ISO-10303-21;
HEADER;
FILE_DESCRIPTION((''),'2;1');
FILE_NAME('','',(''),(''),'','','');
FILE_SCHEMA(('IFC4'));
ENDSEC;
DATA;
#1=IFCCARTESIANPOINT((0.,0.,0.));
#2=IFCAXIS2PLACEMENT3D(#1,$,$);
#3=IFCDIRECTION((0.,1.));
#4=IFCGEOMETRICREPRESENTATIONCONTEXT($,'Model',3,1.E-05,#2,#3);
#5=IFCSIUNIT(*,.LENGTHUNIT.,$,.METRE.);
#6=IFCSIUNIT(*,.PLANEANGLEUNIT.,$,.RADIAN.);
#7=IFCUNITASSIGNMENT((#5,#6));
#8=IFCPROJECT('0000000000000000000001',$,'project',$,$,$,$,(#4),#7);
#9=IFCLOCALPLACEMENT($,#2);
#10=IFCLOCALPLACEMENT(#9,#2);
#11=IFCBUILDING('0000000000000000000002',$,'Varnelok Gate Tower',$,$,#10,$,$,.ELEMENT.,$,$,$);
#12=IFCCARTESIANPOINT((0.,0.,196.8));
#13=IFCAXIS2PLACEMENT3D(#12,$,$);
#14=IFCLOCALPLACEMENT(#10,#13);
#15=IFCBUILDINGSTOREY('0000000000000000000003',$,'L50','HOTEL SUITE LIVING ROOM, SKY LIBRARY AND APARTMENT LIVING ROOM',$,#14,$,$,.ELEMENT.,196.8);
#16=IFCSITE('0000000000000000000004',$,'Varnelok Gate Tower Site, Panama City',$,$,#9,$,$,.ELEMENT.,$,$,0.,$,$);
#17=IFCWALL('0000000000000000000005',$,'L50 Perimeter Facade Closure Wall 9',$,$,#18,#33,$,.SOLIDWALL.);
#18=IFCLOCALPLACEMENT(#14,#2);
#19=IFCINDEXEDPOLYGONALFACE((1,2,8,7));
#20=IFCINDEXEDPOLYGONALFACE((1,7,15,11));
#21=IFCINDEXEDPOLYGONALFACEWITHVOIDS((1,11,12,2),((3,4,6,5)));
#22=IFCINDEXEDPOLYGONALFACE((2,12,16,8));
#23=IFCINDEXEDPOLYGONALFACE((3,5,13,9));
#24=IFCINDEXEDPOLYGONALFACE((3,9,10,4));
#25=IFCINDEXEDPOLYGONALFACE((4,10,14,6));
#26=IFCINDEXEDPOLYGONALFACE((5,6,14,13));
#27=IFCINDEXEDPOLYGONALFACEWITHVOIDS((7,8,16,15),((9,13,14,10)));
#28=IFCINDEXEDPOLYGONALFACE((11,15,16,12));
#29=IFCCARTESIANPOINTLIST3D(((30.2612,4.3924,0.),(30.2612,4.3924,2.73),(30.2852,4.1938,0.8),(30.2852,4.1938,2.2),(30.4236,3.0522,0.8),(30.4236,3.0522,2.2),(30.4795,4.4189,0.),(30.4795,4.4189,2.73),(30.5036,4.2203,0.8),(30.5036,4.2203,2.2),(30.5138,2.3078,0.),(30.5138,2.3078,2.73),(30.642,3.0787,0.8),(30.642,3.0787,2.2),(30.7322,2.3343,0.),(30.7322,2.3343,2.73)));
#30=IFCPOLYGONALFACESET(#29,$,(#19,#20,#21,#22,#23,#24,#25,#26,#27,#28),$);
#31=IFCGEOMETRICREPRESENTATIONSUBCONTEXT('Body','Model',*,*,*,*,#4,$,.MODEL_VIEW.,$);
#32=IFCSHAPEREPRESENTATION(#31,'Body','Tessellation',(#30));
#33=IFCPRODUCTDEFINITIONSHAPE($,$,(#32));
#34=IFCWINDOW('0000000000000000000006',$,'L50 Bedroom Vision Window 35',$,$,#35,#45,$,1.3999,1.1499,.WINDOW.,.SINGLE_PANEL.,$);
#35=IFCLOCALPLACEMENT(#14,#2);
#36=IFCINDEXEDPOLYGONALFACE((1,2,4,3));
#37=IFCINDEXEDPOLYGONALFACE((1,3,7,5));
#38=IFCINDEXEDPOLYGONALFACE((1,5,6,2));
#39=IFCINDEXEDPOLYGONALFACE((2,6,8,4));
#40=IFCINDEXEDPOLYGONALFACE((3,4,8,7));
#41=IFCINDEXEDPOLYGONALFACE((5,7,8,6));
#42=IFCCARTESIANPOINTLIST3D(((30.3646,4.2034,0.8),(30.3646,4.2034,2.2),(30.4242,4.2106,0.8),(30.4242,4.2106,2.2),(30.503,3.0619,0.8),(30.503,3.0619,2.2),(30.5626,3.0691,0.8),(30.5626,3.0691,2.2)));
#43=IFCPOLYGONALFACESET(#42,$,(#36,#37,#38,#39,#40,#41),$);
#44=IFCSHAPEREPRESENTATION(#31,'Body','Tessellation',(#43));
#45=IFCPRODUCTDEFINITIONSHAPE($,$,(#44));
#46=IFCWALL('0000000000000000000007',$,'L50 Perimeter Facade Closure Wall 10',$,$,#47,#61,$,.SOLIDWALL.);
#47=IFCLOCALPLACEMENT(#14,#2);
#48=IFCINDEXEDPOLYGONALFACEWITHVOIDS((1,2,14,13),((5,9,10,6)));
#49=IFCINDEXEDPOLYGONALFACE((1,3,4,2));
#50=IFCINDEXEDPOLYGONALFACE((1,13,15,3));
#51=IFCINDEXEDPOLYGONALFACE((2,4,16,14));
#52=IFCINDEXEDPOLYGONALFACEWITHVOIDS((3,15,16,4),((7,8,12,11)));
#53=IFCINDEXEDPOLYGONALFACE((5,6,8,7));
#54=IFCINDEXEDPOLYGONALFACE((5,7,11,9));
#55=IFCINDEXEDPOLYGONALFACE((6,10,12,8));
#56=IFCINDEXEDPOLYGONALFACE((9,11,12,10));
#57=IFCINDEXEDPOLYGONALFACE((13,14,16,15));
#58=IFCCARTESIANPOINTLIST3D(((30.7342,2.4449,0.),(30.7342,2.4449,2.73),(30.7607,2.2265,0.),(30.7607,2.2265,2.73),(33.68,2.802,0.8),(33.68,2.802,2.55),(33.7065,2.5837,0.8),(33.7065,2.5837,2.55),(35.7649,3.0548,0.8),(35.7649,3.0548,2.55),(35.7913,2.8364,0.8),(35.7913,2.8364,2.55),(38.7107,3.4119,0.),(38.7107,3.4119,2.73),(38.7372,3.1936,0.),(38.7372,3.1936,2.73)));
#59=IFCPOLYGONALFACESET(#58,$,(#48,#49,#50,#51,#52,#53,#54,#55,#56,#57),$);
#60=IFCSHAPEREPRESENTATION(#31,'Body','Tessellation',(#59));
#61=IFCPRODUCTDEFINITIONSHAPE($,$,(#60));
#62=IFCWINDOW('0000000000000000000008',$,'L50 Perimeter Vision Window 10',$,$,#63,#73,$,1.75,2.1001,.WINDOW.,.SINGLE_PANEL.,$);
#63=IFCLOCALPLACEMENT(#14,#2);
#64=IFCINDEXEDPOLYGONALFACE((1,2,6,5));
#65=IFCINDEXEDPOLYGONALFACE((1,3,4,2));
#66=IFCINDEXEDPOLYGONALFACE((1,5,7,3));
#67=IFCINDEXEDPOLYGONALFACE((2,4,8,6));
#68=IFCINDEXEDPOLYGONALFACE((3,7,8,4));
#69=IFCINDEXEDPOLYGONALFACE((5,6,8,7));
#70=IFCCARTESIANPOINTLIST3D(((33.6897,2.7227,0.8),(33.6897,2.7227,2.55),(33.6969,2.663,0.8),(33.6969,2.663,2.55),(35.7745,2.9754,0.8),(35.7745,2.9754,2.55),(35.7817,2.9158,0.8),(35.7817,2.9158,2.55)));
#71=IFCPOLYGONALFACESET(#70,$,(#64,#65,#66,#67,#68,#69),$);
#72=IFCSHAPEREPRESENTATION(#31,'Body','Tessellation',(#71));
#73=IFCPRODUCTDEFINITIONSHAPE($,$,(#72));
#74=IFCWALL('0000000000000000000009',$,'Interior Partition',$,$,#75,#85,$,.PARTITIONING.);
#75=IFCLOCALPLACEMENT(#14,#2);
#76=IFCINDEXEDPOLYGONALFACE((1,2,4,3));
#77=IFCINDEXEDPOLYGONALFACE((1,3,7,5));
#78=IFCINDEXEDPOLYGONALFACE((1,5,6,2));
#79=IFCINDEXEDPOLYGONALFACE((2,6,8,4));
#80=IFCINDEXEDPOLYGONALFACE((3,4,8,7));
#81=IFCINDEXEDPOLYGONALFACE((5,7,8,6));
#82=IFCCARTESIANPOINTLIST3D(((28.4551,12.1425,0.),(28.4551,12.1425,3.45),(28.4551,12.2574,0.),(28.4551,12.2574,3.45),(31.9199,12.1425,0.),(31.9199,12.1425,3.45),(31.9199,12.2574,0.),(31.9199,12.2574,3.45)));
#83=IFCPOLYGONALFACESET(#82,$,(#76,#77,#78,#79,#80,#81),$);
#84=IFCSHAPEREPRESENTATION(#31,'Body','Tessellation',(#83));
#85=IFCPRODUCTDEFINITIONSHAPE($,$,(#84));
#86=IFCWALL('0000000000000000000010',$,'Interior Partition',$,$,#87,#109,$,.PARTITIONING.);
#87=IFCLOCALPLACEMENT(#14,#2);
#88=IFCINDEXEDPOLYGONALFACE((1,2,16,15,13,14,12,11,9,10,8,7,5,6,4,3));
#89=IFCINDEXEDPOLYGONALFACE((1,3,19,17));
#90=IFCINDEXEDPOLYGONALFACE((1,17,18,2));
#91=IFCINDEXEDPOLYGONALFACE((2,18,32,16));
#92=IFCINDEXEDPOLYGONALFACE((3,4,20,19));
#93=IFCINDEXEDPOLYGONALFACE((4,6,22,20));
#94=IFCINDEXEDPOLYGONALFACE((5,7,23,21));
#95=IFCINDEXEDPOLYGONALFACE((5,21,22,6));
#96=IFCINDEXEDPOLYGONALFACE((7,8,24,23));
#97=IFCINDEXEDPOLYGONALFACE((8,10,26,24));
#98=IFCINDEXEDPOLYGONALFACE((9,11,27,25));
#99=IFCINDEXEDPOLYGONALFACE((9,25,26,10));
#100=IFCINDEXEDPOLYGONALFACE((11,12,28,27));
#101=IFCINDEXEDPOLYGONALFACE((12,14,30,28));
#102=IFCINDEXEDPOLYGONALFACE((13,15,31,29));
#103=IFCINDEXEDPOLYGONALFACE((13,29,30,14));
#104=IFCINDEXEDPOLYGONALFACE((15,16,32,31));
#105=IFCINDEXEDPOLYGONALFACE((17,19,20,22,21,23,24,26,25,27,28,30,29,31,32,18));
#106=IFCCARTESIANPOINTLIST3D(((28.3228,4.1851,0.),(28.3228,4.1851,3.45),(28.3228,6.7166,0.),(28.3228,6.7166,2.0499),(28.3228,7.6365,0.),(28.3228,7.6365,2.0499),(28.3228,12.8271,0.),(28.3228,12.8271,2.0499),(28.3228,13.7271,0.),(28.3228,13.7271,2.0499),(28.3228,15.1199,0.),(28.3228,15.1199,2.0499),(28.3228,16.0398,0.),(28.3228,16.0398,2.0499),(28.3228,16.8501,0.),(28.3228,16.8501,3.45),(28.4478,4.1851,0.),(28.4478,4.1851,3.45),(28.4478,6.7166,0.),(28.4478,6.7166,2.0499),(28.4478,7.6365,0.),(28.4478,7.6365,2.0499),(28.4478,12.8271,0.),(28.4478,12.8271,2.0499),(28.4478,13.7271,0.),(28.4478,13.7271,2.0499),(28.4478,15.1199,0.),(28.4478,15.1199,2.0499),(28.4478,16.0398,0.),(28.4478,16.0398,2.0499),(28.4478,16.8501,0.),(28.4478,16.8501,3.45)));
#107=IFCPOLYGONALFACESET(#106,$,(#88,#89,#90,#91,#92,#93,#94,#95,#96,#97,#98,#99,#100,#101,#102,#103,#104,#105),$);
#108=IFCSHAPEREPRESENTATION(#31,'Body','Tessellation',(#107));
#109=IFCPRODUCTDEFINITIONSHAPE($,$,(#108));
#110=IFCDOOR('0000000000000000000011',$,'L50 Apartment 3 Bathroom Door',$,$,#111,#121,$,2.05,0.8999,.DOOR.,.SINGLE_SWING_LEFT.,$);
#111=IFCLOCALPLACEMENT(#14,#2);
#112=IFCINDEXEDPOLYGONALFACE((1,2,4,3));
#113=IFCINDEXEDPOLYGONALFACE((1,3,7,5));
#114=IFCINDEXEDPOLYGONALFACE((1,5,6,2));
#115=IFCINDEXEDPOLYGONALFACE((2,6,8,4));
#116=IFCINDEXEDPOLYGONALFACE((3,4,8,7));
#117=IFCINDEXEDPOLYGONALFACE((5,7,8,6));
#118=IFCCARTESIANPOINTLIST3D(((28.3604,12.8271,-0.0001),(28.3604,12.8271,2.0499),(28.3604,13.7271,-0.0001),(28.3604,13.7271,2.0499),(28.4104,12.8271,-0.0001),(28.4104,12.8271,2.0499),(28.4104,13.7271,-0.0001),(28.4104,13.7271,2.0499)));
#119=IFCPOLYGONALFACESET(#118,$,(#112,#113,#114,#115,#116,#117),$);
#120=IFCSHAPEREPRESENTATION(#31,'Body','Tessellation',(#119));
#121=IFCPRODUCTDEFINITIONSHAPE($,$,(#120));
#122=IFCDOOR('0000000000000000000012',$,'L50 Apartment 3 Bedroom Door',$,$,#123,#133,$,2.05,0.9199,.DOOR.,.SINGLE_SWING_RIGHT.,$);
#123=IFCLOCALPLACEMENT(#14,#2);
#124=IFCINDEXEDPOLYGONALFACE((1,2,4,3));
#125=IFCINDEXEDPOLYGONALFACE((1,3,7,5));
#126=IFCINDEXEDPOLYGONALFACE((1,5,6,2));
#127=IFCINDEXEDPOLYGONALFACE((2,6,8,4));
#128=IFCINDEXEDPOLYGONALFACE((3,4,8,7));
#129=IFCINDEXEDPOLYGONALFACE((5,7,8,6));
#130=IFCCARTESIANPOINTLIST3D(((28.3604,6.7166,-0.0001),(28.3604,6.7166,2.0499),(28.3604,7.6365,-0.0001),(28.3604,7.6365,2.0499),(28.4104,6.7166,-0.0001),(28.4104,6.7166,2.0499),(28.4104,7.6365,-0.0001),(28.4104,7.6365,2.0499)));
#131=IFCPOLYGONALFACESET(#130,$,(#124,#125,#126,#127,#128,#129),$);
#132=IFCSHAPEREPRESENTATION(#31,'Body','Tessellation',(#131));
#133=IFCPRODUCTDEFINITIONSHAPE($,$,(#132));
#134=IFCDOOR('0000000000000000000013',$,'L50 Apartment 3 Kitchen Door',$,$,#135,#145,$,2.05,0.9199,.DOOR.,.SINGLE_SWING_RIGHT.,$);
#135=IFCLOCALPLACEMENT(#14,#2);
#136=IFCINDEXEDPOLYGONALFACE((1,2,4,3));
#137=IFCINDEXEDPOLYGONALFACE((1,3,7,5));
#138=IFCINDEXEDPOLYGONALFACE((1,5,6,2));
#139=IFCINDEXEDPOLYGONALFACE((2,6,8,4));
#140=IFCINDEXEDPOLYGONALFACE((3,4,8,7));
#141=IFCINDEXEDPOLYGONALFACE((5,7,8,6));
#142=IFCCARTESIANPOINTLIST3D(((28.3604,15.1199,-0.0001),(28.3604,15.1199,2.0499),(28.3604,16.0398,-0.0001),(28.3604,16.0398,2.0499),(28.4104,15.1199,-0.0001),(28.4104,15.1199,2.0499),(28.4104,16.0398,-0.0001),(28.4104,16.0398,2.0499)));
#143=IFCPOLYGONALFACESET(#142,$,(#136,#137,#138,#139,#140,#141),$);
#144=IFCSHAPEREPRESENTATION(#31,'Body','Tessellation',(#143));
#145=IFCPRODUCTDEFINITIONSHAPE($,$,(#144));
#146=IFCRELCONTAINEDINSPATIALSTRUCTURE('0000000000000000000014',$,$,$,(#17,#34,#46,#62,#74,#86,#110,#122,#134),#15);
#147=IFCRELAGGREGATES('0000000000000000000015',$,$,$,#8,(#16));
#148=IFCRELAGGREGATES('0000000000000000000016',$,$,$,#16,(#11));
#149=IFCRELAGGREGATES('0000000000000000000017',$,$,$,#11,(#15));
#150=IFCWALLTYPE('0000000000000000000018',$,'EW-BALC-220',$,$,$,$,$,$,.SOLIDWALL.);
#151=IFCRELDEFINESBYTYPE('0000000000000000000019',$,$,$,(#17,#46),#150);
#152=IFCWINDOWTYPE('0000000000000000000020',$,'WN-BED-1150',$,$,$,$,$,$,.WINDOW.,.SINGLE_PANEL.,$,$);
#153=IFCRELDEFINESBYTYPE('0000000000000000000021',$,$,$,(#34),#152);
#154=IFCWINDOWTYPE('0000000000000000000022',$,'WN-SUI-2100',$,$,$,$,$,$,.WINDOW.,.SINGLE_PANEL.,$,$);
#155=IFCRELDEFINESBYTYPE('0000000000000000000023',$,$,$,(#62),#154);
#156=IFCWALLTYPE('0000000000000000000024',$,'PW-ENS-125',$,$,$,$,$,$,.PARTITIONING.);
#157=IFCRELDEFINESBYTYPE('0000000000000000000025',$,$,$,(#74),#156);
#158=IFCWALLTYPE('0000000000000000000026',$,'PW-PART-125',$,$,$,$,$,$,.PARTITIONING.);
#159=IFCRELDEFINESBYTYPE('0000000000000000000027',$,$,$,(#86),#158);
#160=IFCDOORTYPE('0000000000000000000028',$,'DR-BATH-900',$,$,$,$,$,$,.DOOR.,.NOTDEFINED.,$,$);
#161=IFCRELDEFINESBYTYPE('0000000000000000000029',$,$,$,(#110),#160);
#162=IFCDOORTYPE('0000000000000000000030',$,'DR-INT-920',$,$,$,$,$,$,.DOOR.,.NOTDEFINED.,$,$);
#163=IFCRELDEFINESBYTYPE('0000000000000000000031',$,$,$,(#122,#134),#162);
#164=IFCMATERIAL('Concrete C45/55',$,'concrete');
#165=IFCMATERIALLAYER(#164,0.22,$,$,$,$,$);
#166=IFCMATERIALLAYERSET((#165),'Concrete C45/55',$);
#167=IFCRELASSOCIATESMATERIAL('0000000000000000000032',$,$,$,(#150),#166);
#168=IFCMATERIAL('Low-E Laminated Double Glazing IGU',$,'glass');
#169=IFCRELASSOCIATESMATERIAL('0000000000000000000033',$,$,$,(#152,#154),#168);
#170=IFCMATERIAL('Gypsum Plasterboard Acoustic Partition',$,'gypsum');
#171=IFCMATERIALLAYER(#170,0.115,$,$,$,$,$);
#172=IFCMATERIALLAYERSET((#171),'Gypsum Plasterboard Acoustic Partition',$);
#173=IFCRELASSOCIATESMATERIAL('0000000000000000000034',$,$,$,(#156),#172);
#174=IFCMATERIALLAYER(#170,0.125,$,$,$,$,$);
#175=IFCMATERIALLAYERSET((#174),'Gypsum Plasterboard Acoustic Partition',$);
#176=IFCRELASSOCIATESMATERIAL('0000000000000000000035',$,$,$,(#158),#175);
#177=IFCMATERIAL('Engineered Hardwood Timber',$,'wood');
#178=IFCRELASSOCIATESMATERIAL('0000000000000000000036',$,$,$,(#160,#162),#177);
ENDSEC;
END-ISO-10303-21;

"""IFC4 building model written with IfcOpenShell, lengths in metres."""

from ifc_helpers import new_model, si_unit, direction, frame, frame_2d, origin, place, context, subcontext, project, spatial, rectangle, extrude, material, layer, layer_set, type_object, element, fill, save


model = new_model("IFC4")

# Units and contexts
model_context = context("Model", 3, precision=1e-05, world=origin(), true_north=direction((0.0, 1.0)))
body_context = subcontext(model_context, "Body", "Model", "MODEL_VIEW")
ifc_project = project(units=[si_unit("LENGTHUNIT", "METRE"), si_unit("PLANEANGLEUNIT", "RADIAN")], contexts=[model_context])

# Site, building, storey
site_placement = place(None, origin())
site = spatial("IfcSite", under=ifc_project, at=site_placement, Name="Varnelok Gate Tower Site, Panama City", CompositionType="ELEMENT", RefElevation=0.0)
building_placement = place(site_placement, origin())
building = spatial("IfcBuilding", under=site, at=building_placement, Name="Varnelok Gate Tower", CompositionType="ELEMENT")
storey_placement = place(building_placement, frame((0.0, 0.0, 196.8)))
storey = spatial("IfcBuildingStorey", under=building, at=storey_placement, Name="L50", Description="HOTEL SUITE LIVING ROOM, SKY LIBRARY AND APARTMENT LIVING ROOM", CompositionType="ELEMENT", Elevation=196.8)

# Shared definitions
ifc_material_1 = material(Name="Concrete C45/55", Category="concrete")
ifc_layer_1 = layer(ifc_material_1, 0.22)
ifc_layer_set_1 = layer_set([ifc_layer_1], Name="Concrete C45/55")
wall_type_1 = type_object("IfcWallType", Name="EW-BALC-220", PredefinedType="SOLIDWALL", material=ifc_layer_set_1)

# Walls, openings, windows
wall_1_placement = place(storey_placement, frame((30.3704, 4.4055, 0.0), z_axis=(0.0, 0.0, 1.0), x_axis=(0.120328, -0.992734, 0.0)))
wall_1 = element("IfcWall", 1, at=wall_1_placement, inside=storey, type_object=wall_type_1, Name="L50 Perimeter Facade Closure Wall 9", PredefinedType="SOLIDWALL", context=body_context, shape_type="SweptSolid", body=[
    extrude(rectangle(XDim=2.0999, YDim=0.22, at=frame_2d((1.0498, 0.0))), origin(), (0.0, 0.0, 1.0), 2.73),
])
opening_1_placement = place(wall_1_placement, frame((0.2, 0.0, 0.8)))
opening_1 = element("IfcOpeningElement", 2, at=opening_1_placement, cuts=wall_1, PredefinedType="OPENING", context=body_context, shape_type="SweptSolid", body=[
    extrude(rectangle(XDim=1.1499, YDim=1.3999, at=frame_2d((0.575, 0.7))), frame((0.0, 0.1199, 0.0), z_axis=(0.0, -1.0, 0.0), x_axis=(1.0, 0.0, 0.0)), (0.0, 0.0, 1.0), 0.24),
])
ifc_material_2 = material(Name="Low-E Laminated Double Glazing IGU", Category="glass")
window_type_1 = type_object("IfcWindowType", Name="WN-BED-1150", PartitioningType="SINGLE_PANEL", PredefinedType="WINDOW", material=ifc_material_2)
window_1_placement = place(opening_1_placement, origin())
window_1 = element("IfcWindow", 3, at=window_1_placement, inside=storey, type_object=window_type_1, Name="L50 Bedroom Vision Window 35", OverallHeight=1.3999, OverallWidth=1.1499, PartitioningType="SINGLE_PANEL", PredefinedType="WINDOW", context=body_context, shape_type="SweptSolid", body=[
    extrude(rectangle(XDim=1.1499, YDim=1.3999, at=frame_2d((0.575, 0.7))), frame((0.0, 0.03, 0.0), z_axis=(0.0, -1.0, 0.0), x_axis=(1.0, 0.0, 0.0)), (0.0, 0.0, 1.0), 0.0601),
])
fill(opening_1, window_1)
wall_2_placement = place(storey_placement, frame((30.7473, 2.3357, 0.0), z_axis=(0.0, 0.0, 1.0), x_axis=(0.992731, 0.120354, 0.0)))
wall_2 = element("IfcWall", 4, at=wall_2_placement, inside=storey, type_object=wall_type_1, Name="L50 Perimeter Facade Closure Wall 10", PredefinedType="SOLIDWALL", context=body_context, shape_type="SweptSolid", body=[
    extrude(rectangle(XDim=8.0349, YDim=0.22, at=frame_2d((4.0176, 0.0))), origin(), (0.0, 0.0, 1.0), 2.73),
])
opening_2_placement = place(wall_2_placement, frame((2.9675, 0.0, 0.8)))
opening_2 = element("IfcOpeningElement", 5, at=opening_2_placement, cuts=wall_2, PredefinedType="OPENING", context=body_context, shape_type="SweptSolid", body=[
    extrude(rectangle(XDim=2.1001, YDim=1.75, at=frame_2d((1.05, 0.875))), frame((0.0, 0.1199, 0.0), z_axis=(0.0, -1.0, 0.0), x_axis=(1.0, 0.0, 0.0)), (0.0, 0.0, 1.0), 0.24),
])
window_type_2 = type_object("IfcWindowType", Name="WN-SUI-2100", PartitioningType="SINGLE_PANEL", PredefinedType="WINDOW", material=ifc_material_2)
window_2_placement = place(opening_2_placement, origin())
window_2 = element("IfcWindow", 6, at=window_2_placement, inside=storey, type_object=window_type_2, Name="L50 Perimeter Vision Window 10", OverallHeight=1.75, OverallWidth=2.1001, PartitioningType="SINGLE_PANEL", PredefinedType="WINDOW", context=body_context, shape_type="SweptSolid", body=[
    extrude(rectangle(XDim=2.1001, YDim=1.75, at=frame_2d((1.05, 0.875))), frame((0.0, 0.03, 0.0), z_axis=(0.0, -1.0, 0.0), x_axis=(1.0, 0.0, 0.0)), (0.0, 0.0, 1.0), 0.0601),
])
fill(opening_2, window_2)

# Wall
ifc_material_3 = material(Name="Gypsum Plasterboard Acoustic Partition", Category="gypsum")
ifc_layer_2 = layer(ifc_material_3, 0.115)
ifc_layer_set_2 = layer_set([ifc_layer_2], Name="Gypsum Plasterboard Acoustic Partition")
wall_type_2 = type_object("IfcWallType", Name="PW-ENS-125", PredefinedType="PARTITIONING", material=ifc_layer_set_2)
wall_3_placement = place(storey_placement, frame((28.4551, 12.2, 0.0), z_axis=(0.0, 0.0, 1.0), x_axis=(1.0, 0.0, 0.0)))
element("IfcWall", 7, at=wall_3_placement, inside=storey, type_object=wall_type_2, Name="Interior Partition", PredefinedType="PARTITIONING", context=body_context, shape_type="SweptSolid", body=[
    extrude(rectangle(XDim=3.4648, YDim=0.115, at=frame_2d((1.7324, 0.0))), origin(), (0.0, 0.0, 1.0), 3.45),
])

# Wall, openings, doors
ifc_layer_3 = layer(ifc_material_3, 0.125)
ifc_layer_set_3 = layer_set([ifc_layer_3], Name="Gypsum Plasterboard Acoustic Partition")
wall_type_3 = type_object("IfcWallType", Name="PW-PART-125", PredefinedType="PARTITIONING", material=ifc_layer_set_3)
wall_4_placement = place(storey_placement, frame((28.3853, 4.1851, 0.0), z_axis=(0.0, 0.0, 1.0), x_axis=(0.0, 1.0, 0.0)))
wall_4 = element("IfcWall", 8, at=wall_4_placement, inside=storey, type_object=wall_type_3, Name="Interior Partition", PredefinedType="PARTITIONING", context=body_context, shape_type="SweptSolid", body=[
    extrude(rectangle(XDim=12.665, YDim=0.125, at=frame_2d((6.3325, 0.0))), origin(), (0.0, 0.0, 1.0), 3.45),
])
opening_3_placement = place(wall_4_placement, frame((2.5315, 0.0, 0.0)))
opening_3 = element("IfcOpeningElement", 9, at=opening_3_placement, cuts=wall_4, PredefinedType="OPENING", context=body_context, shape_type="SweptSolid", body=[
    extrude(rectangle(XDim=0.9199, YDim=2.05, at=frame_2d((0.46, 1.0249))), frame((0.0, 0.0725, 0.0), z_axis=(0.0, -1.0, 0.0), x_axis=(1.0, 0.0, 0.0)), (0.0, 0.0, 1.0), 0.145),
])
opening_4_placement = place(wall_4_placement, frame((8.6421, 0.0, 0.0)))
opening_4 = element("IfcOpeningElement", 10, at=opening_4_placement, cuts=wall_4, PredefinedType="OPENING", context=body_context, shape_type="SweptSolid", body=[
    extrude(rectangle(XDim=0.8999, YDim=2.05, at=frame_2d((0.45, 1.0249))), frame((0.0, 0.0725, 0.0), z_axis=(0.0, -1.0, 0.0), x_axis=(1.0, 0.0, 0.0)), (0.0, 0.0, 1.0), 0.145),
])
opening_5_placement = place(wall_4_placement, frame((10.9348, 0.0, 0.0)))
opening_5 = element("IfcOpeningElement", 11, at=opening_5_placement, cuts=wall_4, PredefinedType="OPENING", context=body_context, shape_type="SweptSolid", body=[
    extrude(rectangle(XDim=0.9199, YDim=2.05, at=frame_2d((0.46, 1.0249))), frame((0.0, 0.0725, 0.0), z_axis=(0.0, -1.0, 0.0), x_axis=(1.0, 0.0, 0.0)), (0.0, 0.0, 1.0), 0.145),
])
ifc_material_4 = material(Name="Engineered Hardwood Timber", Category="wood")
door_type_1 = type_object("IfcDoorType", Name="DR-BATH-900", OperationType="NOTDEFINED", PredefinedType="DOOR", material=ifc_material_4)
door_1_placement = place(opening_4_placement, origin())
door_1 = element("IfcDoor", 12, at=door_1_placement, inside=storey, type_object=door_type_1, Name="L50 Apartment 3 Bathroom Door", OperationType="SINGLE_SWING_LEFT", OverallHeight=2.05, OverallWidth=0.8999, PredefinedType="DOOR", context=body_context, shape_type="SweptSolid", body=[
    extrude(rectangle(XDim=0.8999, YDim=2.05, at=frame_2d((0.45, 1.0249))), frame((0.0, 0.0249, 0.0), z_axis=(0.0, -1.0, 0.0), x_axis=(1.0, 0.0, 0.0)), (0.0, 0.0, 1.0), 0.05),
])
fill(opening_4, door_1)
door_type_2 = type_object("IfcDoorType", Name="DR-INT-920", OperationType="NOTDEFINED", PredefinedType="DOOR", material=ifc_material_4)
door_2_placement = place(opening_3_placement, origin())
door_2 = element("IfcDoor", 13, at=door_2_placement, inside=storey, type_object=door_type_2, Name="L50 Apartment 3 Bedroom Door", OperationType="SINGLE_SWING_RIGHT", OverallHeight=2.05, OverallWidth=0.9199, PredefinedType="DOOR", context=body_context, shape_type="SweptSolid", body=[
    extrude(rectangle(XDim=0.9199, YDim=2.05, at=frame_2d((0.46, 1.0249))), frame((0.0, 0.0249, 0.0), z_axis=(0.0, -1.0, 0.0), x_axis=(1.0, 0.0, 0.0)), (0.0, 0.0, 1.0), 0.05),
])
fill(opening_3, door_2)
door_3_placement = place(opening_5_placement, origin())
door_3 = element("IfcDoor", 14, at=door_3_placement, inside=storey, type_object=door_type_2, Name="L50 Apartment 3 Kitchen Door", OperationType="SINGLE_SWING_RIGHT", OverallHeight=2.05, OverallWidth=0.9199, PredefinedType="DOOR", context=body_context, shape_type="SweptSolid", body=[
    extrude(rectangle(XDim=0.9199, YDim=2.05, at=frame_2d((0.46, 1.0249))), frame((0.0, 0.0249, 0.0), z_axis=(0.0, -1.0, 0.0), x_axis=(1.0, 0.0, 0.0)), (0.0, 0.0, 1.0), 0.05),
])
fill(opening_5, door_3)

save(model, "model.ifc")
